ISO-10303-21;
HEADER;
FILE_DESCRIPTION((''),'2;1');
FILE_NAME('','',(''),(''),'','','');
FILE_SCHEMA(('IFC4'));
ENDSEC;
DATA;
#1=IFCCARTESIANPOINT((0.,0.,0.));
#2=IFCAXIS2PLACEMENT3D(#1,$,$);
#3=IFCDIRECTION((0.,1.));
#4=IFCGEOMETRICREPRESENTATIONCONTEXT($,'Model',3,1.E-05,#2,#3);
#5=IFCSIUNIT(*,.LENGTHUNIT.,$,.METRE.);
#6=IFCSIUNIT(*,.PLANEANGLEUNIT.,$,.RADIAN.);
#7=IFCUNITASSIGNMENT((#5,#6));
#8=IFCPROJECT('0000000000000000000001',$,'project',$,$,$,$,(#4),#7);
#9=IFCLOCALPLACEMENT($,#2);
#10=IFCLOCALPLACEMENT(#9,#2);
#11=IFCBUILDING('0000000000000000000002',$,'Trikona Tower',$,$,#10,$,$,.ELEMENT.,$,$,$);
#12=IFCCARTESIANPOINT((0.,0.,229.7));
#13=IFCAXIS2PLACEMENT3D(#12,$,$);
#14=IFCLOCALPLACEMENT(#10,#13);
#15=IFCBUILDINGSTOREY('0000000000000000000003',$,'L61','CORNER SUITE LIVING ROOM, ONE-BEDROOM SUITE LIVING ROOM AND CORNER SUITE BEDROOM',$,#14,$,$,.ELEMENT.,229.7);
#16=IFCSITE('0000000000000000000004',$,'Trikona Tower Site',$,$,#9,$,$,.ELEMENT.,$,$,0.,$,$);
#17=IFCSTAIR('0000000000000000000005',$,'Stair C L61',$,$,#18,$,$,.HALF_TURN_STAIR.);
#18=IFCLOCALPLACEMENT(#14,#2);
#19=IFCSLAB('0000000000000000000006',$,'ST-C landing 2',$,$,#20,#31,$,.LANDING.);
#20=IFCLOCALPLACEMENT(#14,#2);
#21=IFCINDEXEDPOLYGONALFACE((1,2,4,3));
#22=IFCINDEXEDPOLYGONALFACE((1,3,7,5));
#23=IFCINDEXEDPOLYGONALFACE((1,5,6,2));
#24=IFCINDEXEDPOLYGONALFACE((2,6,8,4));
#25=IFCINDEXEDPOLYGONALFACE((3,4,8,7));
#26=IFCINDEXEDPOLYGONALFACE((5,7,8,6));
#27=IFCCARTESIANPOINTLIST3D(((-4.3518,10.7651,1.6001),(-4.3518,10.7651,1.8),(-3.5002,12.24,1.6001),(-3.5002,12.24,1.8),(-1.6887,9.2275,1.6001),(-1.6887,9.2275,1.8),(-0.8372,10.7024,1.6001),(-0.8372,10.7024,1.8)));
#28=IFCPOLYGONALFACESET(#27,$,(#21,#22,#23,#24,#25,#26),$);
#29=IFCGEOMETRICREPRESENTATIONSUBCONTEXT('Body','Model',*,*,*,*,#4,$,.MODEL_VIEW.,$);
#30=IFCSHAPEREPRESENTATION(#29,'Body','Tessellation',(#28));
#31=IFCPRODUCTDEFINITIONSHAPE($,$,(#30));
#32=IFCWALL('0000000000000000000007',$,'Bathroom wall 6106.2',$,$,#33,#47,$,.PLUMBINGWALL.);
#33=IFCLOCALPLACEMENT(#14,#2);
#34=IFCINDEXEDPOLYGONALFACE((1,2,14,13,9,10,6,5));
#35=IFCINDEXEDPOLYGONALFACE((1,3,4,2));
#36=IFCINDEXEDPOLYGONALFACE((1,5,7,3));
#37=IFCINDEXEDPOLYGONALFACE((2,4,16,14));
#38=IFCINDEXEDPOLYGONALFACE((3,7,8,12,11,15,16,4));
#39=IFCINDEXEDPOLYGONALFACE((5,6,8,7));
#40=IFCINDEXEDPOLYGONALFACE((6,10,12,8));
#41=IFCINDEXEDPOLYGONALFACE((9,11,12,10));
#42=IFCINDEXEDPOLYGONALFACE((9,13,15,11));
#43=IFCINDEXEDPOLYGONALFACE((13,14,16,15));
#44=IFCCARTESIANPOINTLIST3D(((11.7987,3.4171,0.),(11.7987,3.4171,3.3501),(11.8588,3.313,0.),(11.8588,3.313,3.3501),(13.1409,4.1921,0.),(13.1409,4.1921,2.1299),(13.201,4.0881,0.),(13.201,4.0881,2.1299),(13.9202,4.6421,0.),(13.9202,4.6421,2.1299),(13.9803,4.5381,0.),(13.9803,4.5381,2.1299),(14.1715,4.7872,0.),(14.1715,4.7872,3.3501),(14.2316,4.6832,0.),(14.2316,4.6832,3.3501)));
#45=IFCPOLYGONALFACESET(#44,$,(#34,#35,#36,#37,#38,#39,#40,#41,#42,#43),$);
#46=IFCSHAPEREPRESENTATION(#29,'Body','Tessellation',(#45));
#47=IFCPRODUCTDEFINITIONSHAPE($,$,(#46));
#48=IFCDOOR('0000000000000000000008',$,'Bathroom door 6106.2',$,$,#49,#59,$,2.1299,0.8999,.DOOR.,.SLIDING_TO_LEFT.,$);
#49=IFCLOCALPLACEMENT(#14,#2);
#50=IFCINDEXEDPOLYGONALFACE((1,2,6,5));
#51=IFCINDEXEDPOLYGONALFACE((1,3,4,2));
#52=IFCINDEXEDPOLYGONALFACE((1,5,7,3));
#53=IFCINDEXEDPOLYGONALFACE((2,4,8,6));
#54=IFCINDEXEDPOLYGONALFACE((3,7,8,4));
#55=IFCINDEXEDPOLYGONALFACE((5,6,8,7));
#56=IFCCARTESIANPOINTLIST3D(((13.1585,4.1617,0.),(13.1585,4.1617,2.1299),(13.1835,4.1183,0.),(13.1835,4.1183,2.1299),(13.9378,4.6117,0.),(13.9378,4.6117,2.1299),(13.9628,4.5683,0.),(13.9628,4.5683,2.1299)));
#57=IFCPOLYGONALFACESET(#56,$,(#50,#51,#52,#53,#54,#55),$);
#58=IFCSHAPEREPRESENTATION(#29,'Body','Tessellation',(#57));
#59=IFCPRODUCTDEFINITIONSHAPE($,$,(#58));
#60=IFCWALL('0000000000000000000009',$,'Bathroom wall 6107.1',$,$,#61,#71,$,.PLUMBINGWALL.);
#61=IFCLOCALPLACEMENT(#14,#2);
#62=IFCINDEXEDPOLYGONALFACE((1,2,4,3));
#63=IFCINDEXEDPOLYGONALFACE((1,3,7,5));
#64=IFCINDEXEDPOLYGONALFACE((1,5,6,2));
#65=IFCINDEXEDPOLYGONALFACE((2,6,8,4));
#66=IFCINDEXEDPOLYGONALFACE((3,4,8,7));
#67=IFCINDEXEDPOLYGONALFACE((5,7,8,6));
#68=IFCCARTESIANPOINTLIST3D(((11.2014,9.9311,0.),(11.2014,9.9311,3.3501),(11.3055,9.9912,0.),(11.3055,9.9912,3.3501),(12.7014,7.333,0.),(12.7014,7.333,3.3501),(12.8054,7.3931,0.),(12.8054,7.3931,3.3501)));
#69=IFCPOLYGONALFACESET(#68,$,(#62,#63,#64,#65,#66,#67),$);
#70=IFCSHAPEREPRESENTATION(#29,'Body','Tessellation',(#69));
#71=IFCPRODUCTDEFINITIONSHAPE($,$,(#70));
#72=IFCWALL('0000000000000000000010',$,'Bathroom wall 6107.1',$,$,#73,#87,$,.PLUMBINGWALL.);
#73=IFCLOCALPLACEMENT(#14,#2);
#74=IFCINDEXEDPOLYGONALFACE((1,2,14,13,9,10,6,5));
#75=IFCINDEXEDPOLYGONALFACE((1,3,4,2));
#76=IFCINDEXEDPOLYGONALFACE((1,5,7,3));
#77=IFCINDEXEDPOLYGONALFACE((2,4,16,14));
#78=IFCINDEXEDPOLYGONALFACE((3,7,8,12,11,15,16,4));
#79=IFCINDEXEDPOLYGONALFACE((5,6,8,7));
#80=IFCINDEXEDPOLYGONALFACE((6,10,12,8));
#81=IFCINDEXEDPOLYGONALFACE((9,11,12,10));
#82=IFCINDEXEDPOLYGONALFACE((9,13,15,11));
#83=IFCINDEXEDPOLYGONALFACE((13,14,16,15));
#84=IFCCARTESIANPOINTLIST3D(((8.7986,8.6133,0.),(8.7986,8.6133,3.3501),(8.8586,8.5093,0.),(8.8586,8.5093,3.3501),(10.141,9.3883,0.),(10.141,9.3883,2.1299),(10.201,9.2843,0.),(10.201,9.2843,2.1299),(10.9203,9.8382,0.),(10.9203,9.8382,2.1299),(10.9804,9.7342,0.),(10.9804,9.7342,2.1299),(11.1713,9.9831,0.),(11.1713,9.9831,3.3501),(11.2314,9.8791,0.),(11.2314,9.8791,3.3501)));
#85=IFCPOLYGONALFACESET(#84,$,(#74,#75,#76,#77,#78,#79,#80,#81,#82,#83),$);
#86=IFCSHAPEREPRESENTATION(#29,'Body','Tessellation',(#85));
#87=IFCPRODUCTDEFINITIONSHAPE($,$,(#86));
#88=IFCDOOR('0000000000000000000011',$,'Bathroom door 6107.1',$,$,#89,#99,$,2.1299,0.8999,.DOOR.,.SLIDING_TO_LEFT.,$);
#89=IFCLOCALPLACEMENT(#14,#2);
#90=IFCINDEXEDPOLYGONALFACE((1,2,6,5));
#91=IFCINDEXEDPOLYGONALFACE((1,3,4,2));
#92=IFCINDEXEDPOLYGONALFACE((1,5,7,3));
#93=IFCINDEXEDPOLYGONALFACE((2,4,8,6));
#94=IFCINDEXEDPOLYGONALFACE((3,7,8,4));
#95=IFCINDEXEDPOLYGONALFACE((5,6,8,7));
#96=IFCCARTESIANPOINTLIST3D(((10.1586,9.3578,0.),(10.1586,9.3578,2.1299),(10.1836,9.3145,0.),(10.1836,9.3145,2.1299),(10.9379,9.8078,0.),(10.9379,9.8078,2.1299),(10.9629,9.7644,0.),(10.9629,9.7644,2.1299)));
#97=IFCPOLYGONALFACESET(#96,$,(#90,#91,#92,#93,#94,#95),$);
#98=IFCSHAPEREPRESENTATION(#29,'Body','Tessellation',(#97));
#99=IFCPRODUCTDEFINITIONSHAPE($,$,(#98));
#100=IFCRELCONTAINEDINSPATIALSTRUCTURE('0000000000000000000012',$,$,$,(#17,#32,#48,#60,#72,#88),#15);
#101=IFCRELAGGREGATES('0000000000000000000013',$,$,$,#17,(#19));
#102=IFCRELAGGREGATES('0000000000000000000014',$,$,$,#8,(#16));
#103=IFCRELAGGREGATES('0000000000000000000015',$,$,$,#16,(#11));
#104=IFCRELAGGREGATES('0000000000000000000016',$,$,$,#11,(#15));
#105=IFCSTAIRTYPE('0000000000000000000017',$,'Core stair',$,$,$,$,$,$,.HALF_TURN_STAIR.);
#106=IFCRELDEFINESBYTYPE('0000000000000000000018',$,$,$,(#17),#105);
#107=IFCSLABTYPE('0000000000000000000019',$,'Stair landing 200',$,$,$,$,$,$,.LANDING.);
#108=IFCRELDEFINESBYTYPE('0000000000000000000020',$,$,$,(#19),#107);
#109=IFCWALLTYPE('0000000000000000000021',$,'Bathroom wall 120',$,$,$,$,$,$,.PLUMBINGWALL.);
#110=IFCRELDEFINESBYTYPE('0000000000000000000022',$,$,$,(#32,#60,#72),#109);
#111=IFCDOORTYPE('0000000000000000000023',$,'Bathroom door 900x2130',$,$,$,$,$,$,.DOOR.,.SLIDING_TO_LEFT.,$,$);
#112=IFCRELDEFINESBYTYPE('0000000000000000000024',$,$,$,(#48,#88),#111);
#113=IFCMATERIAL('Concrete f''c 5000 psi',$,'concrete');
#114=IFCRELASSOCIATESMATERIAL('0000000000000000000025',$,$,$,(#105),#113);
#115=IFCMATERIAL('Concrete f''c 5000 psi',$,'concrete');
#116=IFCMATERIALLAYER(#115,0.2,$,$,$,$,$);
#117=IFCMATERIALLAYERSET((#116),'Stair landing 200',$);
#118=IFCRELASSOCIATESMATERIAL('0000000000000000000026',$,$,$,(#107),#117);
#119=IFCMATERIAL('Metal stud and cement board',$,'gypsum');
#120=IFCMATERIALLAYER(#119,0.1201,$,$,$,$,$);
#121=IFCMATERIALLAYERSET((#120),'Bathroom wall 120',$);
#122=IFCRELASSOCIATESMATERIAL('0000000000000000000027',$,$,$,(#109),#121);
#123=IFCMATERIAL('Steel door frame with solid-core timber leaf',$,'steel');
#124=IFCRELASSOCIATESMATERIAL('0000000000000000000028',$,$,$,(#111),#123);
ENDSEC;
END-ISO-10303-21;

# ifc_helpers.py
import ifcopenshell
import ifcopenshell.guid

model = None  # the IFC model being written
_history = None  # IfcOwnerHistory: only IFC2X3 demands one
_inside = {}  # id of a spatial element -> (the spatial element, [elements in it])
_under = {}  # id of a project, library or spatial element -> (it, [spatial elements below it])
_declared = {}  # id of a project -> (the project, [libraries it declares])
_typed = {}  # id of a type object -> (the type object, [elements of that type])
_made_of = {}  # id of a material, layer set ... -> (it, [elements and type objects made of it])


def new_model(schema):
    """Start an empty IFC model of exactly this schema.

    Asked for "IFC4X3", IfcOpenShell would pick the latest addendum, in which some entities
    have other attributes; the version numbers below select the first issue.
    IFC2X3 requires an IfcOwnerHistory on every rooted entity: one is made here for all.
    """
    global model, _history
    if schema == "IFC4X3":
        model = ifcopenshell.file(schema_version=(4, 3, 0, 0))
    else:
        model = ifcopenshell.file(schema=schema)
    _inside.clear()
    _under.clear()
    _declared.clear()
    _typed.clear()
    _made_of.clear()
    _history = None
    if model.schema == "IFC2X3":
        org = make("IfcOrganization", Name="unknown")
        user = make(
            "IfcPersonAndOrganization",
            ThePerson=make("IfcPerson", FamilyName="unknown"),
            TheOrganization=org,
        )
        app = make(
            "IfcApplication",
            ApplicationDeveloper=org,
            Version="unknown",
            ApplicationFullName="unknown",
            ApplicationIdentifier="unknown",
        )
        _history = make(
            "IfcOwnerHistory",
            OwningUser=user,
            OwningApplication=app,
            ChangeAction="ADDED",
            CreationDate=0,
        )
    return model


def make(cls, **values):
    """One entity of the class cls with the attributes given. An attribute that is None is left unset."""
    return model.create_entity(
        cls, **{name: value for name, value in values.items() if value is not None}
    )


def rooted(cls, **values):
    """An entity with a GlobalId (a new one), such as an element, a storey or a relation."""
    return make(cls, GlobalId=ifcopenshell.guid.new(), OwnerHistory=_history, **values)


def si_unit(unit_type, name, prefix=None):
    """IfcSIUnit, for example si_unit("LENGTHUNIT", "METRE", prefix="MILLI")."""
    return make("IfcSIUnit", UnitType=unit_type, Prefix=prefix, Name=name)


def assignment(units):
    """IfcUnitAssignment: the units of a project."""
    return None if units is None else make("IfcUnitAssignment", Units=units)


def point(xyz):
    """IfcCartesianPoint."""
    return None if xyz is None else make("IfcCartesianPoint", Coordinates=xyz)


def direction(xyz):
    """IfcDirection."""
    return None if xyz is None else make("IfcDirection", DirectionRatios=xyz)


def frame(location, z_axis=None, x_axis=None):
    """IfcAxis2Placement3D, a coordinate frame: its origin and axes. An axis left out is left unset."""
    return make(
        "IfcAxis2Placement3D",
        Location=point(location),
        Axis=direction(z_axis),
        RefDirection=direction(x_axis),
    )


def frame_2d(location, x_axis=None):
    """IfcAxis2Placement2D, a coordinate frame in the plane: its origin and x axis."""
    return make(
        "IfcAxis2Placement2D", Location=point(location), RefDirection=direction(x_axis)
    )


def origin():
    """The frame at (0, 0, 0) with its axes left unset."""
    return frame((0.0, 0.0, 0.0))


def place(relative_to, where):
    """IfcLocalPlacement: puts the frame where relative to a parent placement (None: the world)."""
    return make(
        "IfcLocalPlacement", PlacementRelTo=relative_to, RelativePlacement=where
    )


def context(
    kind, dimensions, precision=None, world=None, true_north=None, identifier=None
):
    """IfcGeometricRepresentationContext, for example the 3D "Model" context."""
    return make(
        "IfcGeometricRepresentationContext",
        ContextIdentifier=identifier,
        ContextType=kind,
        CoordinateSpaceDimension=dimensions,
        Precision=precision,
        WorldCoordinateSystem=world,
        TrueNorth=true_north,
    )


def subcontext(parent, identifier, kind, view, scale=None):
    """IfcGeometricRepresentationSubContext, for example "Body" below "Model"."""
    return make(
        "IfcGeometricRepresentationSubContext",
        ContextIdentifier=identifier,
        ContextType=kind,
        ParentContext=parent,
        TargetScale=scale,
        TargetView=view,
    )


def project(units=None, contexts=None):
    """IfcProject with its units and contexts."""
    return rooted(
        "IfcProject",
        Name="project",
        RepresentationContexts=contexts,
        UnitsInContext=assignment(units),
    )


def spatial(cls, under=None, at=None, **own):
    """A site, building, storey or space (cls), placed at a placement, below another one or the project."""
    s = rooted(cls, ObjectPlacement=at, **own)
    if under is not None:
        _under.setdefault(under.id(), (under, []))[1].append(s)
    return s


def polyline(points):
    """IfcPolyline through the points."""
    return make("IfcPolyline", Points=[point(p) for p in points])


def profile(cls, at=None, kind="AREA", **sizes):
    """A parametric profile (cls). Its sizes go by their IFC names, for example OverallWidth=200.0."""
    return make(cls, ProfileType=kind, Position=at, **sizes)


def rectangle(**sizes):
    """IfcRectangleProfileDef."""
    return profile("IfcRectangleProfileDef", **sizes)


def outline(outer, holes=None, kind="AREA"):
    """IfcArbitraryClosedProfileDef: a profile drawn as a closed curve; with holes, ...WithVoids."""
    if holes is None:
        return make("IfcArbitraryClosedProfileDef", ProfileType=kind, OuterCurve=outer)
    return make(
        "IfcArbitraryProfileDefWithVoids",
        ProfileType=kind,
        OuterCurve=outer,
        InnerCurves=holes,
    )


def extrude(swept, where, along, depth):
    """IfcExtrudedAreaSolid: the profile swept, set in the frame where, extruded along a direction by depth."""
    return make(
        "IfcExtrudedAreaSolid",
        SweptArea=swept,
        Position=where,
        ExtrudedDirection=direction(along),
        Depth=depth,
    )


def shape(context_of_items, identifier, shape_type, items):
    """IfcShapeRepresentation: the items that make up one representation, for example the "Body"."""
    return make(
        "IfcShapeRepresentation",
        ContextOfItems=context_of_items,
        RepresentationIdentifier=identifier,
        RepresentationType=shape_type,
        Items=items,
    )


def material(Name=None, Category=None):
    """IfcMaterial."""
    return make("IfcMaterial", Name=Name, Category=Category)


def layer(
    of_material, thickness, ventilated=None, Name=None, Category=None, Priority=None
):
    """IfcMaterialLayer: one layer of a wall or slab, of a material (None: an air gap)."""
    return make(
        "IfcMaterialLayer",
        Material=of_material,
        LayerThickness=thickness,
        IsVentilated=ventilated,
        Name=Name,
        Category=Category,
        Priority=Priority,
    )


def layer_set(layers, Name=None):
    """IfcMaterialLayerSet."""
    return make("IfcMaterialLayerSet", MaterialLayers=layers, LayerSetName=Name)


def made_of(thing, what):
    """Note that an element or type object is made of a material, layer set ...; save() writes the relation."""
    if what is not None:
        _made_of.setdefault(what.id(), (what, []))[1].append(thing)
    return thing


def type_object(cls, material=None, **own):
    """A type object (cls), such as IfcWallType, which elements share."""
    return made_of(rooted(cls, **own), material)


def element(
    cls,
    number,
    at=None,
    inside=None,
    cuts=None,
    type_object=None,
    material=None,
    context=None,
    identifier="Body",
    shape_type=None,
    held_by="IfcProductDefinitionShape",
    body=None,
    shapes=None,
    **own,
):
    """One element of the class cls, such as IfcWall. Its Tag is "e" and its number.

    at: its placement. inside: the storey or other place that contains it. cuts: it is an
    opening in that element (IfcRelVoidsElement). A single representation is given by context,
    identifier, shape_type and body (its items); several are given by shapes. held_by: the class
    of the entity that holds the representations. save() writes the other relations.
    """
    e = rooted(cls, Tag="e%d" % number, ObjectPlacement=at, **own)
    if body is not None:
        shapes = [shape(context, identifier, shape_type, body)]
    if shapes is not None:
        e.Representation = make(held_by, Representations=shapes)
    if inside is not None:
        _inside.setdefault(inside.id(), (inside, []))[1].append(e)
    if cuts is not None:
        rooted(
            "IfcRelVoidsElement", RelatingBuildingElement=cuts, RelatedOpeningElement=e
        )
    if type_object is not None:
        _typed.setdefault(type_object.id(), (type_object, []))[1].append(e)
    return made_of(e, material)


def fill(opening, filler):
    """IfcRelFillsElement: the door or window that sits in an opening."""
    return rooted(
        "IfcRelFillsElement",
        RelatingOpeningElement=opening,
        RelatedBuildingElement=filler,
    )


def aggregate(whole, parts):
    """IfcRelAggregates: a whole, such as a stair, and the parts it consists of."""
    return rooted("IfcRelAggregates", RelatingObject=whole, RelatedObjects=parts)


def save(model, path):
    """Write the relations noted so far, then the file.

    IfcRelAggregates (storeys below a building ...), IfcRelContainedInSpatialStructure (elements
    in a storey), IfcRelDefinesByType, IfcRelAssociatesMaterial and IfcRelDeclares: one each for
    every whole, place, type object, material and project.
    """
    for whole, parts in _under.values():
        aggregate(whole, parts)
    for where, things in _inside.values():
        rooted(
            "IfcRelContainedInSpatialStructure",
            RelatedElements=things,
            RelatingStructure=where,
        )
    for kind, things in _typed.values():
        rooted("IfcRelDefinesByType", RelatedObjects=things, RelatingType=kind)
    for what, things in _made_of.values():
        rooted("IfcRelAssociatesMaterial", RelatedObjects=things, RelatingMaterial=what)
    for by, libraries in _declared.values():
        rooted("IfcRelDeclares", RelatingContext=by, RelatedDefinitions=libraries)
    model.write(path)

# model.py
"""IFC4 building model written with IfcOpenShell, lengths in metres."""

from ifc_helpers import new_model, si_unit, direction, frame, frame_2d, origin, place, context, subcontext, project, spatial, polyline, rectangle, outline, extrude, material, layer, layer_set, type_object, element, fill, aggregate, save


model = new_model("IFC4")

# Units and contexts
model_context = context("Model", 3, precision=1e-05, world=origin(), true_north=direction((0.0, 1.0)))
body_context = subcontext(model_context, "Body", "Model", "MODEL_VIEW")
ifc_project = project(units=[si_unit("LENGTHUNIT", "METRE"), si_unit("PLANEANGLEUNIT", "RADIAN")], contexts=[model_context])

# Site, building, storey
site_placement = place(None, origin())
site = spatial("IfcSite", under=ifc_project, at=site_placement, Name="Trikona Tower Site", CompositionType="ELEMENT", RefElevation=0.0)
building_placement = place(site_placement, origin())
building = spatial("IfcBuilding", under=site, at=building_placement, Name="Trikona Tower", CompositionType="ELEMENT")
storey_placement = place(building_placement, frame((0.0, 0.0, 229.7)))
storey = spatial("IfcBuildingStorey", under=building, at=storey_placement, Name="L61", Description="CORNER SUITE LIVING ROOM, ONE-BEDROOM SUITE LIVING ROOM AND CORNER SUITE BEDROOM", CompositionType="ELEMENT", Elevation=229.7)

# Stair, slab
ifc_material_1 = material(Name="Concrete f'c 5000 psi", Category="concrete")
stair_type = type_object("IfcStairType", Name="Core stair", PredefinedType="HALF_TURN_STAIR", material=ifc_material_1)
ifc_material_2 = material(Name="Concrete f'c 5000 psi", Category="concrete")
ifc_layer_1 = layer(ifc_material_2, 0.2)
ifc_layer_set_1 = layer_set([ifc_layer_1], Name="Stair landing 200")
slab_type_1 = type_object("IfcSlabType", Name="Stair landing 200", PredefinedType="LANDING", material=ifc_layer_set_1)
stair_1_placement = place(storey_placement, origin())
stair_1 = element("IfcStair", 1, at=stair_1_placement, inside=storey, type_object=stair_type, Name="Stair C L61", PredefinedType="HALF_TURN_STAIR")
slab_1_placement = place(storey_placement, frame((0.0, 0.0, 1.6001)))
slab_1 = element("IfcSlab", 2, at=slab_1_placement, type_object=slab_type_1, Name="ST-C landing 2", PredefinedType="LANDING", context=body_context, shape_type="SweptSolid", body=[
    extrude(outline(polyline([(-0.8372, 10.7024), (-1.6887, 9.2275), (-4.3518, 10.7651), (-3.5002, 12.24), (-0.8372, 10.7024)])), origin(), (0.0, 0.0, 1.0), 0.2),
])
aggregate(stair_1, [slab_1])

# Wall, opening, door
ifc_material_3 = material(Name="Metal stud and cement board", Category="gypsum")
ifc_layer_2 = layer(ifc_material_3, 0.1201)
ifc_layer_set_2 = layer_set([ifc_layer_2], Name="Bathroom wall 120")
wall_type_1 = type_object("IfcWallType", Name="Bathroom wall 120", PredefinedType="PLUMBINGWALL", material=ifc_layer_set_2)
wall_1_placement = place(storey_placement, frame((11.8286, 3.365, 0.0), z_axis=(0.0, 0.0, 1.0), x_axis=(0.865997, 0.500049, 0.0)))
wall_1 = element("IfcWall", 3, at=wall_1_placement, inside=storey, type_object=wall_type_1, Name="Bathroom wall 6106.2", PredefinedType="PLUMBINGWALL", context=body_context, shape_type="SweptSolid", body=[
    extrude(rectangle(XDim=2.74, YDim=0.1201, at=frame_2d((1.3701, 0.0))), origin(), (0.0, 0.0, 1.0), 3.3501),
])
opening_1_placement = place(wall_1_placement, frame((1.55, 0.0, 0.0)))
opening_1 = element("IfcOpeningElement", 4, at=opening_1_placement, cuts=wall_1, PredefinedType="OPENING", context=body_context, shape_type="SweptSolid", body=[
    extrude(rectangle(XDim=0.8999, YDim=2.1299, at=frame_2d((0.45, 1.0649))), frame((0.0, 0.0701, 0.0), z_axis=(0.0, -1.0, 0.0), x_axis=(1.0, 0.0, 0.0)), (0.0, 0.0, 1.0), 0.1401),
])
ifc_material_4 = material(Name="Steel door frame with solid-core timber leaf", Category="steel")
door_type_1 = type_object("IfcDoorType", Name="Bathroom door 900x2130", OperationType="SLIDING_TO_LEFT", PredefinedType="DOOR", material=ifc_material_4)
door_1_placement = place(opening_1_placement, origin())
door_1 = element("IfcDoor", 5, at=door_1_placement, inside=storey, type_object=door_type_1, Name="Bathroom door 6106.2", OperationType="SLIDING_TO_LEFT", OverallHeight=2.1299, OverallWidth=0.8999, PredefinedType="DOOR", context=body_context, shape_type="SweptSolid", body=[
    extrude(rectangle(XDim=0.8999, YDim=2.1299, at=frame_2d((0.45, 1.0649))), frame((0.0, 0.0249, 0.0), z_axis=(0.0, -1.0, 0.0), x_axis=(1.0, 0.0, 0.0)), (0.0, 0.0, 1.0), 0.05),
])
fill(opening_1, door_1)

# Wall
wall_2_placement = place(storey_placement, frame((12.7534, 7.363, 0.0), z_axis=(0.0, 0.0, 1.0), x_axis=(-0.49999, 0.866031, 0.0)))
element("IfcWall", 6, at=wall_2_placement, inside=storey, type_object=wall_type_1, Name="Bathroom wall 6107.1", PredefinedType="PLUMBINGWALL", context=body_context, shape_type="SweptSolid", body=[
    extrude(rectangle(XDim=3.0, YDim=0.1201, at=frame_2d((1.5, 0.0))), origin(), (0.0, 0.0, 1.0), 3.3501),
])

# Wall, opening, door
wall_3_placement = place(storey_placement, frame((8.8286, 8.5613, 0.0), z_axis=(0.0, 0.0, 1.0), x_axis=(0.866036, 0.499982, 0.0)))
wall_3 = element("IfcWall", 7, at=wall_3_placement, inside=storey, type_object=wall_type_1, Name="Bathroom wall 6107.1", PredefinedType="PLUMBINGWALL", context=body_context, shape_type="SweptSolid", body=[
    extrude(rectangle(XDim=2.7397, YDim=0.1201, at=frame_2d((1.3699, 0.0))), origin(), (0.0, 0.0, 1.0), 3.3501),
])
opening_2_placement = place(wall_3_placement, frame((1.55, 0.0, 0.0)))
opening_2 = element("IfcOpeningElement", 8, at=opening_2_placement, cuts=wall_3, PredefinedType="OPENING", context=body_context, shape_type="SweptSolid", body=[
    extrude(rectangle(XDim=0.8999, YDim=2.1299, at=frame_2d((0.45, 1.0649))), frame((0.0, 0.0701, 0.0), z_axis=(0.0, -1.0, 0.0), x_axis=(1.0, 0.0, 0.0)), (0.0, 0.0, 1.0), 0.1401),
])
door_2_placement = place(opening_2_placement, origin())
door_2 = element("IfcDoor", 9, at=door_2_placement, inside=storey, type_object=door_type_1, Name="Bathroom door 6107.1", OperationType="SLIDING_TO_LEFT", OverallHeight=2.1299, OverallWidth=0.8999, PredefinedType="DOOR", context=body_context, shape_type="SweptSolid", body=[
    extrude(rectangle(XDim=0.8999, YDim=2.1299, at=frame_2d((0.45, 1.0649))), frame((0.0, 0.0249, 0.0), z_axis=(0.0, -1.0, 0.0), x_axis=(1.0, 0.0, 0.0)), (0.0, 0.0, 1.0), 0.05),
])
fill(opening_2, door_2)

save(model, "model.ifc")
